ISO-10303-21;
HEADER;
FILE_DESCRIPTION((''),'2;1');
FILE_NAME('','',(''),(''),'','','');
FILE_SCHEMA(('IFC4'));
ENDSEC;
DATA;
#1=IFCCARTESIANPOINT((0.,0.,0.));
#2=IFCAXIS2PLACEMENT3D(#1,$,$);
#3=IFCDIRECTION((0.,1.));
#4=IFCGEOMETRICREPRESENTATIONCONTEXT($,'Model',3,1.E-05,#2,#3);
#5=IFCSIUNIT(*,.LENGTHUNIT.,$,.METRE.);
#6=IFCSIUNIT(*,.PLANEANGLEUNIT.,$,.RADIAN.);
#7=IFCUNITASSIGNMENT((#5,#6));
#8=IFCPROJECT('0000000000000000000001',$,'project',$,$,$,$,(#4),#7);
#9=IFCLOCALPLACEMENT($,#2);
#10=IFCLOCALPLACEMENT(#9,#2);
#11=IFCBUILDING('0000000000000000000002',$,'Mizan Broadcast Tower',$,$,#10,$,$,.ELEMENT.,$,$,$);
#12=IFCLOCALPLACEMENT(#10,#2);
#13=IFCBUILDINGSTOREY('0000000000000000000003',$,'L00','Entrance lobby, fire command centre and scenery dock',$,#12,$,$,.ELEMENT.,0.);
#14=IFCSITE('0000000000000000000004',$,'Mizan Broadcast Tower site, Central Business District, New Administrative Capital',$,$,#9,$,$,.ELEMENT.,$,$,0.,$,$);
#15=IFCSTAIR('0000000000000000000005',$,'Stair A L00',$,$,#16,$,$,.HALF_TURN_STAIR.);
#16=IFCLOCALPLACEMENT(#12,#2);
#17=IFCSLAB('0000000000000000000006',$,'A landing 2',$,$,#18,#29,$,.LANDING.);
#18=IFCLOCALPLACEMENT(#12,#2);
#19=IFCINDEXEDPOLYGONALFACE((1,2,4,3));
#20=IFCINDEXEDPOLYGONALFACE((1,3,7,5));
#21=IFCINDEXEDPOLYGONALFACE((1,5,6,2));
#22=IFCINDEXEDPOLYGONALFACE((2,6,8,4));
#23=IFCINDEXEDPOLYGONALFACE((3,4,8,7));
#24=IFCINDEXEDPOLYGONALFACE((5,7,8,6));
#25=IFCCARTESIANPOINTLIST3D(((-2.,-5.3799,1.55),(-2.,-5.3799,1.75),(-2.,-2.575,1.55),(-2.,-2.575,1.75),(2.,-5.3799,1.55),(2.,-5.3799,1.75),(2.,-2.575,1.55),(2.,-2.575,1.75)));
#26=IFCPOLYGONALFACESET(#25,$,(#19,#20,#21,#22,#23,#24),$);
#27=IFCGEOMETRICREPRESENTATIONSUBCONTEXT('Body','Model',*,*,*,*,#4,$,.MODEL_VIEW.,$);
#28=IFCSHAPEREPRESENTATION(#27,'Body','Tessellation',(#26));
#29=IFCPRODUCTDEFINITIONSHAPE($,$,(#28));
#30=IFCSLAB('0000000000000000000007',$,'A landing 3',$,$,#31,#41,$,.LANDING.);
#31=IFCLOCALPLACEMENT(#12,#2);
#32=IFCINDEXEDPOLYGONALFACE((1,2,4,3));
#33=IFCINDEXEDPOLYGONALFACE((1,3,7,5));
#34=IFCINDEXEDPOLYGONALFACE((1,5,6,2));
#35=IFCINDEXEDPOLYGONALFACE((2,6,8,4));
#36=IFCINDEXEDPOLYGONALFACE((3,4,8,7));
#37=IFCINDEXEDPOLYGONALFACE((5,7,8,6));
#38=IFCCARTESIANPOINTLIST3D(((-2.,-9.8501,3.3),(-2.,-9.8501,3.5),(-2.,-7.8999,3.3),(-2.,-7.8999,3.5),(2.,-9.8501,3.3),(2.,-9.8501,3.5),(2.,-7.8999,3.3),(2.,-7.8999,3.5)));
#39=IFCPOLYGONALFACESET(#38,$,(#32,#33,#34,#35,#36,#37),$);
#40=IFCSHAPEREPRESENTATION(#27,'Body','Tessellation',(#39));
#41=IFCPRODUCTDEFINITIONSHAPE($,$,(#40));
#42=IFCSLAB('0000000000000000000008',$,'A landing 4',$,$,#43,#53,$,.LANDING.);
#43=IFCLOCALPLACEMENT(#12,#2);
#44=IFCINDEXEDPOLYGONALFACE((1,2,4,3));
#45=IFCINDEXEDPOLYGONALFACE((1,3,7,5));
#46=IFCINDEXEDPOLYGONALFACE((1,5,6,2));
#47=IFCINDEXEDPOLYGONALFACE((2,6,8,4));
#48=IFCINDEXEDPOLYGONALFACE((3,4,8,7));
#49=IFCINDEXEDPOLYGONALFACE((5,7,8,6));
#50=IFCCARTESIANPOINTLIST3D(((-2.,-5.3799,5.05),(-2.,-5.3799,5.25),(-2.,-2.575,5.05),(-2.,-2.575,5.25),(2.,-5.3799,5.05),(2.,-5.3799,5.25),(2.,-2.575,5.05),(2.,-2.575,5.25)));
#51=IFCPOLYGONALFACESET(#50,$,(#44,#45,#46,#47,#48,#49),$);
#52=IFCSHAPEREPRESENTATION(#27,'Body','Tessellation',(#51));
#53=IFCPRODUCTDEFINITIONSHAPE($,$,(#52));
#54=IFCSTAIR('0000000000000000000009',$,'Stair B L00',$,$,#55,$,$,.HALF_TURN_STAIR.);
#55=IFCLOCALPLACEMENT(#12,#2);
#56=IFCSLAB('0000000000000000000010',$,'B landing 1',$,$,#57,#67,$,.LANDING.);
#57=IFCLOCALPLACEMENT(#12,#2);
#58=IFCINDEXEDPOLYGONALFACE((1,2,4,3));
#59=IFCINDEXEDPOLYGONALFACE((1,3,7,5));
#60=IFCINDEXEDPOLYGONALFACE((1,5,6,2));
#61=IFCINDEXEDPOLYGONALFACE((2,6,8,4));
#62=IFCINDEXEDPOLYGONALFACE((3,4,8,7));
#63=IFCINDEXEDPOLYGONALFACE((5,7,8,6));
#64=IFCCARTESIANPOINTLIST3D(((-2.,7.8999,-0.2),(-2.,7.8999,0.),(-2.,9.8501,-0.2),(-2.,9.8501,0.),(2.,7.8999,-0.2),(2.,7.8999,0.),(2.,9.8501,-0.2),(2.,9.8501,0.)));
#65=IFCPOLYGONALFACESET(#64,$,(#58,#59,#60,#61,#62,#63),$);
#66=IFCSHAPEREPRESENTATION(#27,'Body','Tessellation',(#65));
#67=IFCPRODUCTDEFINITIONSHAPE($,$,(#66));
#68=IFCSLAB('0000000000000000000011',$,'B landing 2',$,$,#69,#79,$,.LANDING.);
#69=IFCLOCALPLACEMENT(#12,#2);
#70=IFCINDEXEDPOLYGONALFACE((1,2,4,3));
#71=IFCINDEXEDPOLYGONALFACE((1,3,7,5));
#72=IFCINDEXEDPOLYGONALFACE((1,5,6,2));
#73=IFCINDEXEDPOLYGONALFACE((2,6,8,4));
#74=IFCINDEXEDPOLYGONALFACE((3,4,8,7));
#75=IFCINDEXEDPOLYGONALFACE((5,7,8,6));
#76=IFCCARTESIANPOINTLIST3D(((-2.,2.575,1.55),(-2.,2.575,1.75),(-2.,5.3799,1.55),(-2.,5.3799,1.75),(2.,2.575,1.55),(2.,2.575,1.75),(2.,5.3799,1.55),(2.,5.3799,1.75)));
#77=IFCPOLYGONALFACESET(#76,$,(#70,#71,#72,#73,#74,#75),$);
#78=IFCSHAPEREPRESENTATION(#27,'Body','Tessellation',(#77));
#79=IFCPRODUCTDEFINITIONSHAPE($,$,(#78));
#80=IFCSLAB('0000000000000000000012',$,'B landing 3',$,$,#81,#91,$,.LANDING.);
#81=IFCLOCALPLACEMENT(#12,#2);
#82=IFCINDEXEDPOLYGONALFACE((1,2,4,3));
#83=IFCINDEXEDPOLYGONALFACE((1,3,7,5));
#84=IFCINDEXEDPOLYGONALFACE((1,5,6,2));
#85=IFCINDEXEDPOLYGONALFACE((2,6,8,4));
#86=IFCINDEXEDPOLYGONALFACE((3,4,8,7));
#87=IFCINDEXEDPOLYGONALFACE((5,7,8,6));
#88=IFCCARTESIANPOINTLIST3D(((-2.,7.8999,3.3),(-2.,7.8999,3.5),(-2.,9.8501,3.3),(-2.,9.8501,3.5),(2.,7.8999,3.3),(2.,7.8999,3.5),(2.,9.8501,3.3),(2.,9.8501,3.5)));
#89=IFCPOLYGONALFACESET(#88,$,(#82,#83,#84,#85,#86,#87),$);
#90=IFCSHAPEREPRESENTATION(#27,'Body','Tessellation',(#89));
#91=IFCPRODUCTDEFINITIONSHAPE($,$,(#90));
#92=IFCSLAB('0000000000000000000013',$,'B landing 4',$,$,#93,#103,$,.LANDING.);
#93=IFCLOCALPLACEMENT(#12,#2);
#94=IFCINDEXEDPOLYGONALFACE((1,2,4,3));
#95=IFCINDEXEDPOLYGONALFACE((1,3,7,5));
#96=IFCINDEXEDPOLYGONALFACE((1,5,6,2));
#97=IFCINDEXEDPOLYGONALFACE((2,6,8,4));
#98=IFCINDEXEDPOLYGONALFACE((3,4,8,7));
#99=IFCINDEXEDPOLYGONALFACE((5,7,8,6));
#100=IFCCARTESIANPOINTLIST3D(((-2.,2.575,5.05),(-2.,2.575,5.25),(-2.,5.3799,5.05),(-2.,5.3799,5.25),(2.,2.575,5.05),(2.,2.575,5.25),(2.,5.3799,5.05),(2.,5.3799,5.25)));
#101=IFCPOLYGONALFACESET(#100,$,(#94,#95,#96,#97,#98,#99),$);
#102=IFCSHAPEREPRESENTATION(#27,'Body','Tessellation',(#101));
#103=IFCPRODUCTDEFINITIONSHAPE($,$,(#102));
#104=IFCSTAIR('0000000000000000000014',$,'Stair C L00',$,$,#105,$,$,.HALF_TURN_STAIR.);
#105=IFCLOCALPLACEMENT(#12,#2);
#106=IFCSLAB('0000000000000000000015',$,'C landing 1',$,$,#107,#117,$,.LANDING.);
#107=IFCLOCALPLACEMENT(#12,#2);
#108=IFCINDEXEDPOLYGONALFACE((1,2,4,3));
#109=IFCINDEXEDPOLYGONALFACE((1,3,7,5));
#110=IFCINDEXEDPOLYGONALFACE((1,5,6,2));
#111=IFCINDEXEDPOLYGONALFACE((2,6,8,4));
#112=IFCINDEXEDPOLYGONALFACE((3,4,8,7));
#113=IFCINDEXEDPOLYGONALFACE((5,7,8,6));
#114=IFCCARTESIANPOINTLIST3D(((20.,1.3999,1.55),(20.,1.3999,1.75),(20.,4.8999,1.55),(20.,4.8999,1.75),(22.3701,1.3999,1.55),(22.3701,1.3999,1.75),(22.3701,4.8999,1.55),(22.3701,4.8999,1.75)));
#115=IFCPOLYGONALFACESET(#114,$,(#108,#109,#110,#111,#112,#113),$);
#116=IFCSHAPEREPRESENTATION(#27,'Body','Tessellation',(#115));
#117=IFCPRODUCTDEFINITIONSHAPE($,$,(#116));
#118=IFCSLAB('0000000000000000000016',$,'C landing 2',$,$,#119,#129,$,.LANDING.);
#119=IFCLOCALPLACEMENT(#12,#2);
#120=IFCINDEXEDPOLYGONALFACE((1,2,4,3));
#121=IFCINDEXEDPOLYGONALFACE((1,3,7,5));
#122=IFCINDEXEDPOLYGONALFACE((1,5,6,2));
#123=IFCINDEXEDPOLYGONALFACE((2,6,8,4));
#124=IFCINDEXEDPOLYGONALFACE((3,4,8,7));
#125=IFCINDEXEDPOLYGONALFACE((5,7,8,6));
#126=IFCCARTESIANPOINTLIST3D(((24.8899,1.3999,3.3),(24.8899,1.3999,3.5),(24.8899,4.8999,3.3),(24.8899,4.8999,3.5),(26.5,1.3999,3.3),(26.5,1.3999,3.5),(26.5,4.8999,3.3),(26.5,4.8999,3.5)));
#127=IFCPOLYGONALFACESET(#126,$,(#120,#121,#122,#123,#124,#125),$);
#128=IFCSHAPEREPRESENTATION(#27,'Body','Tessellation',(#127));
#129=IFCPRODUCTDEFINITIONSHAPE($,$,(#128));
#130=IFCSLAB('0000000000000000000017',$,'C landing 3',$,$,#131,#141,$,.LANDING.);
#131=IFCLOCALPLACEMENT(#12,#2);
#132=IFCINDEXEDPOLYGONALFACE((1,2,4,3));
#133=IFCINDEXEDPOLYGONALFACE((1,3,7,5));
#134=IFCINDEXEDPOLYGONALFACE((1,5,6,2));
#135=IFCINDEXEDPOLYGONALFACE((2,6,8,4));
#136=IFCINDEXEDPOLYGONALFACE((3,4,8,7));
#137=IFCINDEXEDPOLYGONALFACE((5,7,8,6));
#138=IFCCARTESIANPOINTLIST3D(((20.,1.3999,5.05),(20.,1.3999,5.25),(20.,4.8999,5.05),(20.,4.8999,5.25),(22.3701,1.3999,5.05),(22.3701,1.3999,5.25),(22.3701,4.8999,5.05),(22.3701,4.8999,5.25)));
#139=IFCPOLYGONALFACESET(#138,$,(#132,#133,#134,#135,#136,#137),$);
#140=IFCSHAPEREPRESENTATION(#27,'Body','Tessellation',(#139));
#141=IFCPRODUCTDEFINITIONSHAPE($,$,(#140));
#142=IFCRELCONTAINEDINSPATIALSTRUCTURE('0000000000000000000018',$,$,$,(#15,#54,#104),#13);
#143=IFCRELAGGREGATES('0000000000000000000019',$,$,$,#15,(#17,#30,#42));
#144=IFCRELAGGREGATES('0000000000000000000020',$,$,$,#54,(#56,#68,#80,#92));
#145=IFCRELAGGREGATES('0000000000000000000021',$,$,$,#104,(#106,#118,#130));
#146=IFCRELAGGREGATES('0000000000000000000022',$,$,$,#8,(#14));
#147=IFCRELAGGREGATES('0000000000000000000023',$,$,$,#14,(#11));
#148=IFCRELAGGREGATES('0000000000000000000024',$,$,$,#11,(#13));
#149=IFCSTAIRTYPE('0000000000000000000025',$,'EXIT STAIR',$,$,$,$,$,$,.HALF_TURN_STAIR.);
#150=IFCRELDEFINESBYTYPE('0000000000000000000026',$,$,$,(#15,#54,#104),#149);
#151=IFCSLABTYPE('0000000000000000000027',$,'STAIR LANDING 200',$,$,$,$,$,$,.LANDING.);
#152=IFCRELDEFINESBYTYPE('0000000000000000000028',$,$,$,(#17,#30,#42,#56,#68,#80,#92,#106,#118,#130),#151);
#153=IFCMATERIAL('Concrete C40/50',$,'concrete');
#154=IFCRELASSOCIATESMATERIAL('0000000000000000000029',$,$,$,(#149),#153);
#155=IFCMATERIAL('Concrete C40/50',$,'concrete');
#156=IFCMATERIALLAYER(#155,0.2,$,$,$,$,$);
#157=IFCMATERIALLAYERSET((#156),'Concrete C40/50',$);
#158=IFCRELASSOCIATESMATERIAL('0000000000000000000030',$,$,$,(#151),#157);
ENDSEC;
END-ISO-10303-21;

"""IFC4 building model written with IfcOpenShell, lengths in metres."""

from ifc_helpers import new_model, si_unit, direction, frame, origin, place, context, subcontext, project, spatial, polyline, outline, extrude, material, layer, layer_set, type_object, element, aggregate, save


model = new_model("IFC4")

# Units and contexts
model_context = context("Model", 3, precision=1e-05, world=origin(), true_north=direction((0.0, 1.0)))
body_context = subcontext(model_context, "Body", "Model", "MODEL_VIEW")
ifc_project = project(units=[si_unit("LENGTHUNIT", "METRE"), si_unit("PLANEANGLEUNIT", "RADIAN")], contexts=[model_context])

# Site, building, storey
site_placement = place(None, origin())
site = spatial("IfcSite", under=ifc_project, at=site_placement, Name="Mizan Broadcast Tower site, Central Business District, New Administrative Capital", CompositionType="ELEMENT", RefElevation=0.0)
building_placement = place(site_placement, origin())
building = spatial("IfcBuilding", under=site, at=building_placement, Name="Mizan Broadcast Tower", CompositionType="ELEMENT")
storey_placement = place(building_placement, origin())
storey = spatial("IfcBuildingStorey", under=building, at=storey_placement, Name="L00", Description="Entrance lobby, fire command centre and scenery dock", CompositionType="ELEMENT", Elevation=0.0)

# Stairs, slabs
ifc_material_1 = material(Name="Concrete C40/50", Category="concrete")
stair_type = type_object("IfcStairType", Name="EXIT STAIR", PredefinedType="HALF_TURN_STAIR", material=ifc_material_1)
stair_1_placement = place(storey_placement, origin())
stair_1 = element("IfcStair", 1, at=stair_1_placement, inside=storey, type_object=stair_type, Name="Stair A L00", PredefinedType="HALF_TURN_STAIR")
ifc_material_2 = material(Name="Concrete C40/50", Category="concrete")
ifc_layer_1 = layer(ifc_material_2, 0.2)
ifc_layer_set_1 = layer_set([ifc_layer_1], Name="Concrete C40/50")
slab_type_1 = type_object("IfcSlabType", Name="STAIR LANDING 200", PredefinedType="LANDING", material=ifc_layer_set_1)
slab_1_placement = place(storey_placement, frame((0.0, 0.0, 1.55)))
slab_1 = element("IfcSlab", 2, at=slab_1_placement, type_object=slab_type_1, Name="A landing 2", PredefinedType="LANDING", context=body_context, shape_type="SweptSolid", body=[
    extrude(outline(polyline([(-2.0, -5.3799), (-2.0, -2.575), (2.0, -2.575), (2.0, -5.3799), (-2.0, -5.3799)])), origin(), (0.0, 0.0, 1.0), 0.2),
])
slab_2_placement = place(storey_placement, frame((0.0, 0.0, 3.3)))
slab_2 = element("IfcSlab", 3, at=slab_2_placement, type_object=slab_type_1, Name="A landing 3", PredefinedType="LANDING", context=body_context, shape_type="SweptSolid", body=[
    extrude(outline(polyline([(-2.0, -9.8501), (-2.0, -7.8999), (2.0, -7.8999), (2.0, -9.8501), (-2.0, -9.8501)])), origin(), (0.0, 0.0, 1.0), 0.2),
])
slab_3_placement = place(storey_placement, frame((0.0, 0.0, 5.05)))
slab_3 = element("IfcSlab", 4, at=slab_3_placement, type_object=slab_type_1, Name="A landing 4", PredefinedType="LANDING", context=body_context, shape_type="SweptSolid", body=[
    extrude(outline(polyline([(-2.0, -5.3799), (-2.0, -2.575), (2.0, -2.575), (2.0, -5.3799), (-2.0, -5.3799)])), origin(), (0.0, 0.0, 1.0), 0.2),
])
aggregate(stair_1, [slab_1, slab_2, slab_3])
stair_2_placement = place(storey_placement, origin())
stair_2 = element("IfcStair", 5, at=stair_2_placement, inside=storey, type_object=stair_type, Name="Stair B L00", PredefinedType="HALF_TURN_STAIR")
slab_4_placement = place(storey_placement, frame((0.0, 0.0, -0.2)))
slab_4 = element("IfcSlab", 6, at=slab_4_placement, type_object=slab_type_1, Name="B landing 1", PredefinedType="LANDING", context=body_context, shape_type="SweptSolid", body=[
    extrude(outline(polyline([(2.0, 9.8501), (2.0, 7.8999), (-2.0, 7.8999), (-2.0, 9.8501), (2.0, 9.8501)])), origin(), (0.0, 0.0, 1.0), 0.2),
])
slab_5_placement = place(storey_placement, frame((0.0, 0.0, 1.55)))
slab_5 = element("IfcSlab", 7, at=slab_5_placement, type_object=slab_type_1, Name="B landing 2", PredefinedType="LANDING", context=body_context, shape_type="SweptSolid", body=[
    extrude(outline(polyline([(2.0, 5.3799), (2.0, 2.575), (-2.0, 2.575), (-2.0, 5.3799), (2.0, 5.3799)])), origin(), (0.0, 0.0, 1.0), 0.2),
])
slab_6_placement = place(storey_placement, frame((0.0, 0.0, 3.3)))
slab_6 = element("IfcSlab", 8, at=slab_6_placement, type_object=slab_type_1, Name="B landing 3", PredefinedType="LANDING", context=body_context, shape_type="SweptSolid", body=[
    extrude(outline(polyline([(2.0, 9.8501), (2.0, 7.8999), (-2.0, 7.8999), (-2.0, 9.8501), (2.0, 9.8501)])), origin(), (0.0, 0.0, 1.0), 0.2),
])
slab_7_placement = place(storey_placement, frame((0.0, 0.0, 5.05)))
slab_7 = element("IfcSlab", 9, at=slab_7_placement, type_object=slab_type_1, Name="B landing 4", PredefinedType="LANDING", context=body_context, shape_type="SweptSolid", body=[
    extrude(outline(polyline([(2.0, 5.3799), (2.0, 2.575), (-2.0, 2.575), (-2.0, 5.3799), (2.0, 5.3799)])), origin(), (0.0, 0.0, 1.0), 0.2),
])
aggregate(stair_2, [slab_4, slab_5, slab_6, slab_7])
stair_3_placement = place(storey_placement, origin())
stair_3 = element("IfcStair", 10, at=stair_3_placement, inside=storey, type_object=stair_type, Name="Stair C L00", PredefinedType="HALF_TURN_STAIR")
slab_8_placement = place(storey_placement, frame((0.0, 0.0, 1.55)))
slab_8 = element("IfcSlab", 11, at=slab_8_placement, type_object=slab_type_1, Name="C landing 1", PredefinedType="LANDING", context=body_context, shape_type="SweptSolid", body=[
    extrude(outline(polyline([(22.3701, 1.3999), (20.0, 1.3999), (20.0, 4.8999), (22.3701, 4.8999), (22.3701, 1.3999)])), origin(), (0.0, 0.0, 1.0), 0.2),
])
slab_9_placement = place(storey_placement, frame((0.0, 0.0, 3.3)))
slab_9 = element("IfcSlab", 12, at=slab_9_placement, type_object=slab_type_1, Name="C landing 2", PredefinedType="LANDING", context=body_context, shape_type="SweptSolid", body=[
    extrude(outline(polyline([(26.5, 1.3999), (24.8899, 1.3999), (24.8899, 4.8999), (26.5, 4.8999), (26.5, 1.3999)])), origin(), (0.0, 0.0, 1.0), 0.2),
])
slab_10_placement = place(storey_placement, frame((0.0, 0.0, 5.05)))
slab_10 = element("IfcSlab", 13, at=slab_10_placement, type_object=slab_type_1, Name="C landing 3", PredefinedType="LANDING", context=body_context, shape_type="SweptSolid", body=[
    extrude(outline(polyline([(22.3701, 1.3999), (20.0, 1.3999), (20.0, 4.8999), (22.3701, 4.8999), (22.3701, 1.3999)])), origin(), (0.0, 0.0, 1.0), 0.2),
])
aggregate(stair_3, [slab_8, slab_9, slab_10])

save(model, "model.ifc")
